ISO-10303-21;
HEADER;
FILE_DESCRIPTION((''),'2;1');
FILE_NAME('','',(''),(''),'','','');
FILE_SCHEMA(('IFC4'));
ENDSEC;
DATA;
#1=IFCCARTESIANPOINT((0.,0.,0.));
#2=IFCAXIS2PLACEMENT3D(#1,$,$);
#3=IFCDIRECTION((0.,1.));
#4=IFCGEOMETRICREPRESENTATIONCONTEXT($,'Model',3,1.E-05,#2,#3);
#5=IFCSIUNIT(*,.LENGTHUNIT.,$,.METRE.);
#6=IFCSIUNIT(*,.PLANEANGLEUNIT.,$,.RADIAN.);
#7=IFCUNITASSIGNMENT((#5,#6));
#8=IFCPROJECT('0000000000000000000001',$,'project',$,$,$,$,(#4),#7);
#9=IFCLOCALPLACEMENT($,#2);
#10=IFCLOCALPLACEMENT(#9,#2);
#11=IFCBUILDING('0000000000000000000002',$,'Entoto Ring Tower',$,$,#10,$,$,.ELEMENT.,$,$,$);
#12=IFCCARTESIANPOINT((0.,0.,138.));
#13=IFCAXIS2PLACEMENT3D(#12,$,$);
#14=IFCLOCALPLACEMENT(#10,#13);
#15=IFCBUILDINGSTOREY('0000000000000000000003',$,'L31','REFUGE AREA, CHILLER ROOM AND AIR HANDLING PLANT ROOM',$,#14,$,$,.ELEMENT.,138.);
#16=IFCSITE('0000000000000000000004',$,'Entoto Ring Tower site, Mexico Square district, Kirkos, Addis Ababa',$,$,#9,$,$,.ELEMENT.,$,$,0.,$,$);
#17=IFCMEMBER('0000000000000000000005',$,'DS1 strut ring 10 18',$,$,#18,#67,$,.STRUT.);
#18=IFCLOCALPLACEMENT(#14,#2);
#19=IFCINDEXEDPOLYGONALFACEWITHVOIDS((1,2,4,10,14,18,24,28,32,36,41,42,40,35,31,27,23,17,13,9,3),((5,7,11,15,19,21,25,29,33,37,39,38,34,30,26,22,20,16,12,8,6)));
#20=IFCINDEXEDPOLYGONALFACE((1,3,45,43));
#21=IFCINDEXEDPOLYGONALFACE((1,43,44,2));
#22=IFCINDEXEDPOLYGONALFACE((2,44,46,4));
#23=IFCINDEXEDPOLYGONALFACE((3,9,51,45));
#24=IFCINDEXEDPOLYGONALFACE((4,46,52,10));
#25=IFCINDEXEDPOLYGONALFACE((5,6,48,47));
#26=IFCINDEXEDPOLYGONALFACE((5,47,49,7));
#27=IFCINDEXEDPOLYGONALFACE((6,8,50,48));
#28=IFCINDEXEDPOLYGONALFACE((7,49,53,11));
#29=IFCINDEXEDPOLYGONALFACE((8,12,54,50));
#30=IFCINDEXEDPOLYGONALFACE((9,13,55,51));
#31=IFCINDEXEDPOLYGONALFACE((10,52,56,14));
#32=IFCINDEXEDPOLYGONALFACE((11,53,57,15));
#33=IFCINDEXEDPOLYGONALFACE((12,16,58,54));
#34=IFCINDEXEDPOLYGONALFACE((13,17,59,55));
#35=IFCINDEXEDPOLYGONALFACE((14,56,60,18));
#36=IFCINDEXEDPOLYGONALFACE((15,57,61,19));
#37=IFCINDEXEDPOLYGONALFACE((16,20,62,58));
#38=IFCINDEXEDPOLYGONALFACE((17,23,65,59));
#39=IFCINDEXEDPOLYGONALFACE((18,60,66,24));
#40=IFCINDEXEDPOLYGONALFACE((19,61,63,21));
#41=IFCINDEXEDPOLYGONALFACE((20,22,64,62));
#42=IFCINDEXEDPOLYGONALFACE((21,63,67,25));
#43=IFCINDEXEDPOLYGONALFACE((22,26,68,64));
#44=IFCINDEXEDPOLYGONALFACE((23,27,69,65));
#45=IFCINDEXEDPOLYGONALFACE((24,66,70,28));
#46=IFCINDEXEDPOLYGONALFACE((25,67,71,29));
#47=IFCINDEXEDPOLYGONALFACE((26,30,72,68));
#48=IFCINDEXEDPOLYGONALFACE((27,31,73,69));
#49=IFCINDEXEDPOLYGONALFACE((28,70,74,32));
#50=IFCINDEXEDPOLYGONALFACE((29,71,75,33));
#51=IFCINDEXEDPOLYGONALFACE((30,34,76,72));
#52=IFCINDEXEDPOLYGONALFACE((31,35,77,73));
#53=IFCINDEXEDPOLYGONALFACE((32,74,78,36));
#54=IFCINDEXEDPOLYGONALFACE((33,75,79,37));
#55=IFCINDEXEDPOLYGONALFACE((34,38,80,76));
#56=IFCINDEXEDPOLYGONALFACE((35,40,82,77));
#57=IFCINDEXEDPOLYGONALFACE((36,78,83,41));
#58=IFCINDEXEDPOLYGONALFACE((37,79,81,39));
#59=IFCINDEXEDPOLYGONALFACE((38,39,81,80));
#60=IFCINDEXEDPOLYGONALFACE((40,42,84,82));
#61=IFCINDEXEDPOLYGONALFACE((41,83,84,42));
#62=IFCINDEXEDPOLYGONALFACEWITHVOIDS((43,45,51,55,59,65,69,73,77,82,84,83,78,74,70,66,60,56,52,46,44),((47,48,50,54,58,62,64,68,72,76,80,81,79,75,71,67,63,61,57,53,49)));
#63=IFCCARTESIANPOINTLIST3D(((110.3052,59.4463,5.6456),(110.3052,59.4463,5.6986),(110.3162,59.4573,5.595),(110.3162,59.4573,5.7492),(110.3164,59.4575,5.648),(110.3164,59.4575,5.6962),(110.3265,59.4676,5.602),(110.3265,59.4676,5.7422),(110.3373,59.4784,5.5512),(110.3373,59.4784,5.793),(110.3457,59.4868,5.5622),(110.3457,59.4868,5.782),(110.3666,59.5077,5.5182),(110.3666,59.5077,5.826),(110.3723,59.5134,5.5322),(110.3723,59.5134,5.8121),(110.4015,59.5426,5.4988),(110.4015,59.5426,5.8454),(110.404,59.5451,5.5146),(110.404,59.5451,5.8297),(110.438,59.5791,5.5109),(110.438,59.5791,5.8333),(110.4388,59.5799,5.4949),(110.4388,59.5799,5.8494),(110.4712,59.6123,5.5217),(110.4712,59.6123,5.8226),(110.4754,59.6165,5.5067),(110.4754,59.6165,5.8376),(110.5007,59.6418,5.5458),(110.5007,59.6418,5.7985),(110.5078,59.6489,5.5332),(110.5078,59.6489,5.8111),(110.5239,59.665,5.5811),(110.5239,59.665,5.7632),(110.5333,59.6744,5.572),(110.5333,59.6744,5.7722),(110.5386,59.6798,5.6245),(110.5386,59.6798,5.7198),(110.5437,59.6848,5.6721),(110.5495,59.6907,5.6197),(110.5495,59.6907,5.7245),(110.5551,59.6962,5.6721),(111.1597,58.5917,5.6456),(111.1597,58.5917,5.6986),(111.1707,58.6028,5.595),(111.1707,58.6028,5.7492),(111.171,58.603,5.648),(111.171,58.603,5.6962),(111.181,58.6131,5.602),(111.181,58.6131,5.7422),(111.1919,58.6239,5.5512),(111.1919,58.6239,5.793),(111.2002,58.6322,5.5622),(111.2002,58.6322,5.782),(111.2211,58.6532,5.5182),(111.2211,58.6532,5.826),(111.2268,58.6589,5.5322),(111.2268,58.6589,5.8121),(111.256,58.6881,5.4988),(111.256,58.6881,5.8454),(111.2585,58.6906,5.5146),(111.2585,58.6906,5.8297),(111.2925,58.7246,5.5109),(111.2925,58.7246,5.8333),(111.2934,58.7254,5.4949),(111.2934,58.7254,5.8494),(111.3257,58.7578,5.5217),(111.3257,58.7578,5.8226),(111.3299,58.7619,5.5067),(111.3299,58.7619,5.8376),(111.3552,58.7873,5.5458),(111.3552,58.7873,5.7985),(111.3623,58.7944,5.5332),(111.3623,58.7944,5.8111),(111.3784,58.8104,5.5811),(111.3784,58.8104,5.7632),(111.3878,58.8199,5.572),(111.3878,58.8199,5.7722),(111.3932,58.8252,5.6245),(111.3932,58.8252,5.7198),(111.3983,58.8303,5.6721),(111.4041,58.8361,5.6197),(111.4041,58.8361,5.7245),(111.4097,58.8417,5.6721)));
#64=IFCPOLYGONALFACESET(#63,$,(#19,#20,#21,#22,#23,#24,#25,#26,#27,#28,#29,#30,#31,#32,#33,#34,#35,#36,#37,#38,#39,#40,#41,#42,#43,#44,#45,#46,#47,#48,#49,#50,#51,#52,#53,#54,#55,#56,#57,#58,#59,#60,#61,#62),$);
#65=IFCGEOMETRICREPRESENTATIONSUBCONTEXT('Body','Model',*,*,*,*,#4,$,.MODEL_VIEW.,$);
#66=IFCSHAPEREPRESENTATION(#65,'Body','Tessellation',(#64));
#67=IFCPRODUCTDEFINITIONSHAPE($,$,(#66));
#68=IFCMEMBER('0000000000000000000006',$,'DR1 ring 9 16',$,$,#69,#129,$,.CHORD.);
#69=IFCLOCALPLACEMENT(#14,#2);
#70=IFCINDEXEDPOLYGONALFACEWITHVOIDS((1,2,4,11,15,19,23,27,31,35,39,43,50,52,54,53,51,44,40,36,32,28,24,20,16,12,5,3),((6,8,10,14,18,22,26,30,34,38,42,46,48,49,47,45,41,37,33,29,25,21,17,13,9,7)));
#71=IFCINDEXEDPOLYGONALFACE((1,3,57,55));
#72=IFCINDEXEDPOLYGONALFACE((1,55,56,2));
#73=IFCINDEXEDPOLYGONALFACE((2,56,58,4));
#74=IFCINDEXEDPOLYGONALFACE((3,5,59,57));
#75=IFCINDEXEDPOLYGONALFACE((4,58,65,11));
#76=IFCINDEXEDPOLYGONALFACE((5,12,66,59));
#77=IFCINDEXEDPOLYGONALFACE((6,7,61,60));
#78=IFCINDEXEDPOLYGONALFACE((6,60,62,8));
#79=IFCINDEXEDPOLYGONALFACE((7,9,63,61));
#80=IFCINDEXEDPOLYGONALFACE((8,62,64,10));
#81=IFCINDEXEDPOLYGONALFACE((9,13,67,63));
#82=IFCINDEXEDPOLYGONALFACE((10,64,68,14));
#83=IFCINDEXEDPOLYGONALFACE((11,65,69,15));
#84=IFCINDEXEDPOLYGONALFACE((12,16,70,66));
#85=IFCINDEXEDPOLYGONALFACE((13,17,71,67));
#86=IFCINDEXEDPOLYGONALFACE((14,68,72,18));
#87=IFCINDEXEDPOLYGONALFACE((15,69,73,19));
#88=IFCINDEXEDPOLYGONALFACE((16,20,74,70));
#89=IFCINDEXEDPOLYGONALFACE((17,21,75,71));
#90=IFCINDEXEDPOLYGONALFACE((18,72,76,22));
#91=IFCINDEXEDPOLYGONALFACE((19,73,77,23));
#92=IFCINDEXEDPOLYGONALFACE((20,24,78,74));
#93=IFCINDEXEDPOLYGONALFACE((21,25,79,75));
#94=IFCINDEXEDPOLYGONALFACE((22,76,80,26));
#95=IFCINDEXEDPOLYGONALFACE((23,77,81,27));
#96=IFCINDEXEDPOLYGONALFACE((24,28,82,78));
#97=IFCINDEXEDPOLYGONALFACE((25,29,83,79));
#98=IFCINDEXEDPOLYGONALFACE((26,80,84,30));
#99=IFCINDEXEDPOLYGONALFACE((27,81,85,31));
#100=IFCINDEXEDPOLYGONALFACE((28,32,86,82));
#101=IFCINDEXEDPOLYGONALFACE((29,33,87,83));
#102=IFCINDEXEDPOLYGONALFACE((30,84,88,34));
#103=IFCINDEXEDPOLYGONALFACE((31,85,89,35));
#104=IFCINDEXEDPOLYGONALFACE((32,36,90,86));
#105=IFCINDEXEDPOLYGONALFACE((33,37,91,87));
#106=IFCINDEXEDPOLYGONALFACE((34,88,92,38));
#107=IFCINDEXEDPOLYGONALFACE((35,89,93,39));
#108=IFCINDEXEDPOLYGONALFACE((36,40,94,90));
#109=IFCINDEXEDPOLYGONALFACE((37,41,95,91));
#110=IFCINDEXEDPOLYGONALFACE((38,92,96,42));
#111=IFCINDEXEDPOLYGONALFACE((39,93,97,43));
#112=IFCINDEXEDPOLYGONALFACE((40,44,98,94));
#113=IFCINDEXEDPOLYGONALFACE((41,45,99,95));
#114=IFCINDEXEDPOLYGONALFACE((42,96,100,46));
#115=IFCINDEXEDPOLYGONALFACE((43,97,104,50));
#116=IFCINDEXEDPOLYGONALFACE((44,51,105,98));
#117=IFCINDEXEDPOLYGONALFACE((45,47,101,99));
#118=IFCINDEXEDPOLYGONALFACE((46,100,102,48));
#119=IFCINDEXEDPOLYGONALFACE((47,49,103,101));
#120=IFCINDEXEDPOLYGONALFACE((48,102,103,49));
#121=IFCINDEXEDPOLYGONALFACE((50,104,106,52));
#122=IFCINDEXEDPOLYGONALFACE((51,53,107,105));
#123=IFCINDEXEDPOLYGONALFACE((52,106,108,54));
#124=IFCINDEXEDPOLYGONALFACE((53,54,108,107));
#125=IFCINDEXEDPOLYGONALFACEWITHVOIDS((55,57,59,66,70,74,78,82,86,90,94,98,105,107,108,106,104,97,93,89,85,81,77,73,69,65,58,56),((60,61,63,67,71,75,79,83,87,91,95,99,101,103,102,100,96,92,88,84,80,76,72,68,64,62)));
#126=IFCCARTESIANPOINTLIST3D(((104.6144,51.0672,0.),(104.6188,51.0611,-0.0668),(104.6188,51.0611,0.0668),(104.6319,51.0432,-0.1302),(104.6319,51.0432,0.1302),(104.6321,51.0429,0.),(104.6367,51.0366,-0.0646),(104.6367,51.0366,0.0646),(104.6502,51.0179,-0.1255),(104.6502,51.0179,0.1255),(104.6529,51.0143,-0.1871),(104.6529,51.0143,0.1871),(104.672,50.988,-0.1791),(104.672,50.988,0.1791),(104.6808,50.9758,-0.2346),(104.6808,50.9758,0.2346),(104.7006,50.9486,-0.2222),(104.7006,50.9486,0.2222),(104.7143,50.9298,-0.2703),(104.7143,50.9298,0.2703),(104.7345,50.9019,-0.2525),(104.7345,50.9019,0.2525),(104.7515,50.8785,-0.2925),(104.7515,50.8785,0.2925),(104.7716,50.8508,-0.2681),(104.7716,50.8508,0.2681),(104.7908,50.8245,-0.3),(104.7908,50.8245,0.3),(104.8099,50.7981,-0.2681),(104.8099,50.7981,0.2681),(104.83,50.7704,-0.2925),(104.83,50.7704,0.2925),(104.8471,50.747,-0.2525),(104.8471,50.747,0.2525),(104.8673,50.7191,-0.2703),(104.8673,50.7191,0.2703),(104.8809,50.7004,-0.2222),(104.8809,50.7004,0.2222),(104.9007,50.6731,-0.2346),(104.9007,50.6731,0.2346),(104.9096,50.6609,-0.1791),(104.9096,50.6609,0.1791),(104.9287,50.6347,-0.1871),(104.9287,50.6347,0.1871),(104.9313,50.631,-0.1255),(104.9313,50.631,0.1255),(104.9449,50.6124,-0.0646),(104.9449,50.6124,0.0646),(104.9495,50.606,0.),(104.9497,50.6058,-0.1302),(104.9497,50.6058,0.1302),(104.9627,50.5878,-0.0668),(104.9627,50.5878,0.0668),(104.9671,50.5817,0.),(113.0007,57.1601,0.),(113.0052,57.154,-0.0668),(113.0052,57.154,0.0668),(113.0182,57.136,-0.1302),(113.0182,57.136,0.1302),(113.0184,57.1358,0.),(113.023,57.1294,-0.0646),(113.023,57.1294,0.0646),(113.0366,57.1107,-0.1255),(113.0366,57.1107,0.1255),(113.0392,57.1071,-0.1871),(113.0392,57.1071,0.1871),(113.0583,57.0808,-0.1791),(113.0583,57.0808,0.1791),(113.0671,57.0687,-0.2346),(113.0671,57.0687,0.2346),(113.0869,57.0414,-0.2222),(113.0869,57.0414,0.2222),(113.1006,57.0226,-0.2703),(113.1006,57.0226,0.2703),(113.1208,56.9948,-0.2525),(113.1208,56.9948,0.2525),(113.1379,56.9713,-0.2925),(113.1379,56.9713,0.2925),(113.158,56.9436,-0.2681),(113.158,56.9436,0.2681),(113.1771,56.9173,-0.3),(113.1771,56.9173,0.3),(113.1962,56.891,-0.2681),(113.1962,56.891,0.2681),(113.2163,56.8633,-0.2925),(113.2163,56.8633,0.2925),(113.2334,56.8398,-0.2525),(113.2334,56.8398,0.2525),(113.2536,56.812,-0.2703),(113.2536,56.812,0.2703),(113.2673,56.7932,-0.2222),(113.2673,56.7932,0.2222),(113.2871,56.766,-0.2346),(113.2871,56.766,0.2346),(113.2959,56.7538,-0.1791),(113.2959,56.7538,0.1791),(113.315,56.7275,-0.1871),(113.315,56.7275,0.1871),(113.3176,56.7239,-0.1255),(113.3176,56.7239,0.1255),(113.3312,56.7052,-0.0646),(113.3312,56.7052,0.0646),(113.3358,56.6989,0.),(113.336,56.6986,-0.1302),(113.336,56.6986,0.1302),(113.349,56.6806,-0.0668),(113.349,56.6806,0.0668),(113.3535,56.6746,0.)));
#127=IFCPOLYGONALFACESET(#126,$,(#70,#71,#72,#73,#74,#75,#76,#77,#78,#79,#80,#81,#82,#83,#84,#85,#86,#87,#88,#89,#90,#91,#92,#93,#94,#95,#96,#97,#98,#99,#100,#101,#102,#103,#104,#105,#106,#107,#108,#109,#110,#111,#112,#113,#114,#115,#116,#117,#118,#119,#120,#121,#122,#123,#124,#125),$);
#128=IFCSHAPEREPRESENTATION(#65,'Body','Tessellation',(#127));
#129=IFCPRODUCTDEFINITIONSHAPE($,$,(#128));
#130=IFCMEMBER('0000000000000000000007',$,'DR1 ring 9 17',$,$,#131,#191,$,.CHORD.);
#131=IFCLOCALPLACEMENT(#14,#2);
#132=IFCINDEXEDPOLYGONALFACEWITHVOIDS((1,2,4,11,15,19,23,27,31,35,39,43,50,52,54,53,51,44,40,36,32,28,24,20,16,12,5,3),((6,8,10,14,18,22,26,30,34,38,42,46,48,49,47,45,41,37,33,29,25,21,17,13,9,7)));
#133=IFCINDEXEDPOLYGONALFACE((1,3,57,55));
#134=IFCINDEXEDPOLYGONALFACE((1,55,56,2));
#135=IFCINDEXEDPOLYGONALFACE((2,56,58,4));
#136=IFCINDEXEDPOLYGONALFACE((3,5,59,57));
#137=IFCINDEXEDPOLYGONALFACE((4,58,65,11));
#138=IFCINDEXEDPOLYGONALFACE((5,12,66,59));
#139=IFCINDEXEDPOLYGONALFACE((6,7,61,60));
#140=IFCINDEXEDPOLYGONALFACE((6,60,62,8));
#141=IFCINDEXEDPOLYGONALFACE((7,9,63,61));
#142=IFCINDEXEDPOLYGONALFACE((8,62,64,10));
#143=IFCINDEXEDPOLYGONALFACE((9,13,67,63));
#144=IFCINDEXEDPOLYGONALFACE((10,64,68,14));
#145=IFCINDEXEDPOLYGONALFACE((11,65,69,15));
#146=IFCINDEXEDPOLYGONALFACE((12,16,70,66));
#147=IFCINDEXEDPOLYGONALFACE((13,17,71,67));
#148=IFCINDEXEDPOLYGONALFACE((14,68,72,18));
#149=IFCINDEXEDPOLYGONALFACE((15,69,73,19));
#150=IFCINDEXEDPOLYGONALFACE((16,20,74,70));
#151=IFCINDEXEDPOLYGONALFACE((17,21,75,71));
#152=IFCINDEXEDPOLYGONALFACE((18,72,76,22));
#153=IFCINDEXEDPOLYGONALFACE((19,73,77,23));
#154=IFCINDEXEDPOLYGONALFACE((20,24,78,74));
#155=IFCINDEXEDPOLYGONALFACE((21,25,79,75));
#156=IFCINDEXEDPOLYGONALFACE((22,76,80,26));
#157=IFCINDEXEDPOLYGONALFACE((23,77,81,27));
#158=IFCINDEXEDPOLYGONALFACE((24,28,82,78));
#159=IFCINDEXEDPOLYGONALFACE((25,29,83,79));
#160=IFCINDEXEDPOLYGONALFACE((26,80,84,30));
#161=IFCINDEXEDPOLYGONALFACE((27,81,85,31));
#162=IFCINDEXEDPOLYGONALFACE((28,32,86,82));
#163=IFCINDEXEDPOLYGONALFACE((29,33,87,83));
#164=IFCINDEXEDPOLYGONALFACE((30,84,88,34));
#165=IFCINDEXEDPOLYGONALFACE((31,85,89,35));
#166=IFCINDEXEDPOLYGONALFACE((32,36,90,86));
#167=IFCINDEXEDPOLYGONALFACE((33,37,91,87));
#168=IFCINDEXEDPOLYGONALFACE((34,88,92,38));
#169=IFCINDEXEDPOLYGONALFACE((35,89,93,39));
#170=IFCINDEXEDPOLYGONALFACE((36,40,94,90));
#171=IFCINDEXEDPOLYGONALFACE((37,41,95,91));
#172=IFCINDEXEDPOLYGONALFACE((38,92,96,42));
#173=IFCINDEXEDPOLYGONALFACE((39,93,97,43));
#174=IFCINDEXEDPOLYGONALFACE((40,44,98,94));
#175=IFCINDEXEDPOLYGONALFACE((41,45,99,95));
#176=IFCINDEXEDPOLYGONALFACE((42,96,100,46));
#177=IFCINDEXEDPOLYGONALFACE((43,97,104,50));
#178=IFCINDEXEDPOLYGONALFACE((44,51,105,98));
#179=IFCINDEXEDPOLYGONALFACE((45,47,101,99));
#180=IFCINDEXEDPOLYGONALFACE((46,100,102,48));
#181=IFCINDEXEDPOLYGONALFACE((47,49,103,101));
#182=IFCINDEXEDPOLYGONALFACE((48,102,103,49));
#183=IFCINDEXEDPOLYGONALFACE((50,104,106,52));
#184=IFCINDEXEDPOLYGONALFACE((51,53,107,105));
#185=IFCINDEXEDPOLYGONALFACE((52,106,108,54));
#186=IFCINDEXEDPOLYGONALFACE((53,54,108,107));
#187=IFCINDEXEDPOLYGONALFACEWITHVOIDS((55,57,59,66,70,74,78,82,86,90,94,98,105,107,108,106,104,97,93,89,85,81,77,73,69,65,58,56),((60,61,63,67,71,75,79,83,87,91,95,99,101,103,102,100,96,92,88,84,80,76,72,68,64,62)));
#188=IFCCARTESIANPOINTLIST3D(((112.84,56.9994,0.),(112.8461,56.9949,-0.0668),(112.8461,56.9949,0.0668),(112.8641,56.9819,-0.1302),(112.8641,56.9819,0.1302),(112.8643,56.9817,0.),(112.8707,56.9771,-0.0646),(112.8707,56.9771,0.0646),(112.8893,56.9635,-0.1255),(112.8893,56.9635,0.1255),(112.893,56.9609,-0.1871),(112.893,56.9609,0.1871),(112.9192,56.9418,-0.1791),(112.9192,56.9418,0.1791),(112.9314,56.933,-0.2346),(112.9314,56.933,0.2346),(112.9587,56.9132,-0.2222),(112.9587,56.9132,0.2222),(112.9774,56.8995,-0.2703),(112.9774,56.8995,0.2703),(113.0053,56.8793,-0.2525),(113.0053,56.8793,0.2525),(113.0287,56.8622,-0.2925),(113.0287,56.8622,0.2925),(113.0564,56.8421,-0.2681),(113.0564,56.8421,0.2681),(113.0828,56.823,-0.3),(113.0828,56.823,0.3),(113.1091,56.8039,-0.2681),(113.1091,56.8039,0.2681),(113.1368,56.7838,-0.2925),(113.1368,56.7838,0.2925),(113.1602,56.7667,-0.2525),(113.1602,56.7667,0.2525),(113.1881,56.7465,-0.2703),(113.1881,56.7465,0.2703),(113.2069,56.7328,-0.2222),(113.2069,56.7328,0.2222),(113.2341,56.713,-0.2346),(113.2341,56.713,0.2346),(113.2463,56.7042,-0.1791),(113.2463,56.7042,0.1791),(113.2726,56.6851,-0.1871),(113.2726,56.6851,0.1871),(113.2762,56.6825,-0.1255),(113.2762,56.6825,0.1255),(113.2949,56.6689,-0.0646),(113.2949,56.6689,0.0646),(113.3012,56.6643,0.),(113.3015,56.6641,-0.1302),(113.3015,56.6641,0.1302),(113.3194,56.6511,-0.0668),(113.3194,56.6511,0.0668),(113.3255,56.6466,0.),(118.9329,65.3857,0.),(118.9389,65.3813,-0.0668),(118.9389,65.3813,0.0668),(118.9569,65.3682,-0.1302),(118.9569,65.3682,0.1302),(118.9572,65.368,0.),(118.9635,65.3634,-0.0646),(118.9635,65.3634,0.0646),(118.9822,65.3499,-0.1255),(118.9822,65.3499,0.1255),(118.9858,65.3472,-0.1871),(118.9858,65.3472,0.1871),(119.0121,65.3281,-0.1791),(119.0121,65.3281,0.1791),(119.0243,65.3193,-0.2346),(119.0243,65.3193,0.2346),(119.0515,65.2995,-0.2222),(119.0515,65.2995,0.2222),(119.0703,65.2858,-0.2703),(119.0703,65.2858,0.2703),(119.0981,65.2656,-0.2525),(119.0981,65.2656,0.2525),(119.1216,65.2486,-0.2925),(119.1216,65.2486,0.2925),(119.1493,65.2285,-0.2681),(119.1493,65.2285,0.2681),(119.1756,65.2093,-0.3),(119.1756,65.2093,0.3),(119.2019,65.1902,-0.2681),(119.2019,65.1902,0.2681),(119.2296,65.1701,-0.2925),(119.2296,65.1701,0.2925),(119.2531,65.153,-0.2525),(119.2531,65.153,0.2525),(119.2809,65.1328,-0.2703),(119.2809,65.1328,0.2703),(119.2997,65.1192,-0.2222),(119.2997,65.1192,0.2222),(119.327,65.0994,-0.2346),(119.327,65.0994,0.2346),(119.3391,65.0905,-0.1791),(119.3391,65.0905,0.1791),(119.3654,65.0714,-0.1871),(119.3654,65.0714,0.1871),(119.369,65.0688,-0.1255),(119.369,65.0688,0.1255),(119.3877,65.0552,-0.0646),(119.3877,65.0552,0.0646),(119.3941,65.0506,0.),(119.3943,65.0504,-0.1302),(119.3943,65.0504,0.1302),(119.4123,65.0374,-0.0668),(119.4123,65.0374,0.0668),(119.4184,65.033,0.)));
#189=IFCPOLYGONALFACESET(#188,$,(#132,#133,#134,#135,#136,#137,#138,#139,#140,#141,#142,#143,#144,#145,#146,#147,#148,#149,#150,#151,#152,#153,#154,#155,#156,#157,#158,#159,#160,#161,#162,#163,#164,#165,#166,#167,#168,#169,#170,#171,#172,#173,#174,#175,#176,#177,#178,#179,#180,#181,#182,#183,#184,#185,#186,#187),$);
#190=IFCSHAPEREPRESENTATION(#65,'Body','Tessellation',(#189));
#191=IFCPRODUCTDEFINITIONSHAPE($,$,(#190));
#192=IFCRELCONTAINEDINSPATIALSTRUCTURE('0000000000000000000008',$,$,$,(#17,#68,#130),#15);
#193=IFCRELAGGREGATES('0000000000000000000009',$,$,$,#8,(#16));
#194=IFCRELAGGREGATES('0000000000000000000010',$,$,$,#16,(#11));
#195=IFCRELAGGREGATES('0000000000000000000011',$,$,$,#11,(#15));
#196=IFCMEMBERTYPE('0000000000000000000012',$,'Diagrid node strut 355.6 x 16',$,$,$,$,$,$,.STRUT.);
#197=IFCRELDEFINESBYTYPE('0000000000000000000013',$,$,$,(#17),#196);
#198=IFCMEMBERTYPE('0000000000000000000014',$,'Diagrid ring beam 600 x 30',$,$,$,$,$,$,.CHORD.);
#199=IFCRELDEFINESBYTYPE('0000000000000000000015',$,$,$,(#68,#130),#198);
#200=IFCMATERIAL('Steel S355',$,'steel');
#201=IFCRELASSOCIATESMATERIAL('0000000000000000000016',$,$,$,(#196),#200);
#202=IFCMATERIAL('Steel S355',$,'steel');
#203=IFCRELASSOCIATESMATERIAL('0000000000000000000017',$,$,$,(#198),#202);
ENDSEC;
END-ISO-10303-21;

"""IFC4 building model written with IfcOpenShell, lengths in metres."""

from ifc_helpers import new_model, si_unit, direction, frame, origin, origin_2d, place, context, subcontext, project, spatial, circle, hollow_circle, extrude, material, material_profile, profile_set, type_object, element, save


model = new_model("IFC4")

# Units and contexts
model_context = context("Model", 3, precision=1e-05, world=origin(), true_north=direction((0.0, 1.0)))
body_context = subcontext(model_context, "Body", "Model", "MODEL_VIEW")
ifc_project = project(units=[si_unit("LENGTHUNIT", "METRE"), si_unit("PLANEANGLEUNIT", "RADIAN")], contexts=[model_context])

# Site, building, storey
site_placement = place(None, origin())
site = spatial("IfcSite", under=ifc_project, at=site_placement, Name="Entoto Ring Tower site, Mexico Square district, Kirkos, Addis Ababa", CompositionType="ELEMENT", RefElevation=0.0)
building_placement = place(site_placement, origin())
building = spatial("IfcBuilding", under=site, at=building_placement, Name="Entoto Ring Tower", CompositionType="ELEMENT")
storey_placement = place(building_placement, frame((0.0, 0.0, 138.0)))
storey = spatial("IfcBuildingStorey", under=building, at=storey_placement, Name="L31", Description="REFUGE AREA, CHILLER ROOM AND AIR HANDLING PLANT ROOM", CompositionType="ELEMENT", Elevation=138.0)

# Members
ifc_material_1 = material(Name="Steel S355", Category="steel")
ifc_material_profile_1 = material_profile(ifc_material_1, hollow_circle(Radius=0.1777, WallThickness=0.0161, at=origin_2d()), Name="CHS 355.6 x 16")
ifc_material_2 = material(Name="Concrete C60/75", Category="concrete")
ifc_material_profile_2 = material_profile(ifc_material_2, circle(Radius=0.1619, at=origin_2d()), Name="Concrete C60/75 infill")
ifc_profile_set_1 = profile_set([ifc_material_profile_1, ifc_material_profile_2], Name="Steel S355")
member_type_1 = type_object("IfcMemberType", Name="Diagrid node strut 355.6 x 16", PredefinedType="STRUT", material=ifc_profile_set_1)
member_1_placement = place(storey_placement, frame((110.4294, 59.5706, 5.6721), z_axis=(0.707107, -0.707107, 0.0), x_axis=(0.707107, 0.707107, 0.0)))
element("IfcMember", 1, at=member_1_placement, inside=storey, type_object=member_type_1, Name="DS1 strut ring 10 18", PredefinedType="STRUT", context=body_context, shape_type="SweptSolid", body=[
    extrude(hollow_circle(Radius=0.1777, WallThickness=0.0161, at=origin_2d()), origin(), (0.0, 0.0, 1.0), 1.2085),
])
ifc_material_3 = material(Name="Steel S355", Category="steel")
ifc_material_profile_3 = material_profile(ifc_material_3, hollow_circle(Radius=0.3, WallThickness=0.03, at=origin_2d()), Name="CHS 600 x 30")
ifc_material_4 = material(Name="Concrete C60/75", Category="concrete")
ifc_material_profile_4 = material_profile(ifc_material_4, circle(Radius=0.27, at=origin_2d()), Name="Concrete C60/75 infill")
ifc_profile_set_2 = profile_set([ifc_material_profile_3, ifc_material_profile_4], Name="Steel S355")
member_type_2 = type_object("IfcMemberType", Name="Diagrid ring beam 600 x 30", PredefinedType="CHORD", material=ifc_profile_set_2)
for number, where, z_axis, x_axis, name in (
    (2, (104.7908, 50.8245, 0.0), (0.809025, 0.587774, 0.0), (-0.587774, 0.809025, 0.0), "DR1 ring 9 16"),
    (3, (113.0828, 56.823, 0.0), (0.587774, 0.809025, 0.0), (-0.809025, 0.587774, 0.0), "DR1 ring 9 17"),
):
    element("IfcMember", number, at=place(storey_placement, frame(where, z_axis=z_axis, x_axis=x_axis)), inside=storey, type_object=member_type_2, Name=name, PredefinedType="CHORD", context=body_context, shape_type="SweptSolid", body=[
        extrude(hollow_circle(Radius=0.3, WallThickness=0.03, at=origin_2d()), origin(), (0.0, 0.0, 1.0), 10.366),
    ])

save(model, "model.ifc")
